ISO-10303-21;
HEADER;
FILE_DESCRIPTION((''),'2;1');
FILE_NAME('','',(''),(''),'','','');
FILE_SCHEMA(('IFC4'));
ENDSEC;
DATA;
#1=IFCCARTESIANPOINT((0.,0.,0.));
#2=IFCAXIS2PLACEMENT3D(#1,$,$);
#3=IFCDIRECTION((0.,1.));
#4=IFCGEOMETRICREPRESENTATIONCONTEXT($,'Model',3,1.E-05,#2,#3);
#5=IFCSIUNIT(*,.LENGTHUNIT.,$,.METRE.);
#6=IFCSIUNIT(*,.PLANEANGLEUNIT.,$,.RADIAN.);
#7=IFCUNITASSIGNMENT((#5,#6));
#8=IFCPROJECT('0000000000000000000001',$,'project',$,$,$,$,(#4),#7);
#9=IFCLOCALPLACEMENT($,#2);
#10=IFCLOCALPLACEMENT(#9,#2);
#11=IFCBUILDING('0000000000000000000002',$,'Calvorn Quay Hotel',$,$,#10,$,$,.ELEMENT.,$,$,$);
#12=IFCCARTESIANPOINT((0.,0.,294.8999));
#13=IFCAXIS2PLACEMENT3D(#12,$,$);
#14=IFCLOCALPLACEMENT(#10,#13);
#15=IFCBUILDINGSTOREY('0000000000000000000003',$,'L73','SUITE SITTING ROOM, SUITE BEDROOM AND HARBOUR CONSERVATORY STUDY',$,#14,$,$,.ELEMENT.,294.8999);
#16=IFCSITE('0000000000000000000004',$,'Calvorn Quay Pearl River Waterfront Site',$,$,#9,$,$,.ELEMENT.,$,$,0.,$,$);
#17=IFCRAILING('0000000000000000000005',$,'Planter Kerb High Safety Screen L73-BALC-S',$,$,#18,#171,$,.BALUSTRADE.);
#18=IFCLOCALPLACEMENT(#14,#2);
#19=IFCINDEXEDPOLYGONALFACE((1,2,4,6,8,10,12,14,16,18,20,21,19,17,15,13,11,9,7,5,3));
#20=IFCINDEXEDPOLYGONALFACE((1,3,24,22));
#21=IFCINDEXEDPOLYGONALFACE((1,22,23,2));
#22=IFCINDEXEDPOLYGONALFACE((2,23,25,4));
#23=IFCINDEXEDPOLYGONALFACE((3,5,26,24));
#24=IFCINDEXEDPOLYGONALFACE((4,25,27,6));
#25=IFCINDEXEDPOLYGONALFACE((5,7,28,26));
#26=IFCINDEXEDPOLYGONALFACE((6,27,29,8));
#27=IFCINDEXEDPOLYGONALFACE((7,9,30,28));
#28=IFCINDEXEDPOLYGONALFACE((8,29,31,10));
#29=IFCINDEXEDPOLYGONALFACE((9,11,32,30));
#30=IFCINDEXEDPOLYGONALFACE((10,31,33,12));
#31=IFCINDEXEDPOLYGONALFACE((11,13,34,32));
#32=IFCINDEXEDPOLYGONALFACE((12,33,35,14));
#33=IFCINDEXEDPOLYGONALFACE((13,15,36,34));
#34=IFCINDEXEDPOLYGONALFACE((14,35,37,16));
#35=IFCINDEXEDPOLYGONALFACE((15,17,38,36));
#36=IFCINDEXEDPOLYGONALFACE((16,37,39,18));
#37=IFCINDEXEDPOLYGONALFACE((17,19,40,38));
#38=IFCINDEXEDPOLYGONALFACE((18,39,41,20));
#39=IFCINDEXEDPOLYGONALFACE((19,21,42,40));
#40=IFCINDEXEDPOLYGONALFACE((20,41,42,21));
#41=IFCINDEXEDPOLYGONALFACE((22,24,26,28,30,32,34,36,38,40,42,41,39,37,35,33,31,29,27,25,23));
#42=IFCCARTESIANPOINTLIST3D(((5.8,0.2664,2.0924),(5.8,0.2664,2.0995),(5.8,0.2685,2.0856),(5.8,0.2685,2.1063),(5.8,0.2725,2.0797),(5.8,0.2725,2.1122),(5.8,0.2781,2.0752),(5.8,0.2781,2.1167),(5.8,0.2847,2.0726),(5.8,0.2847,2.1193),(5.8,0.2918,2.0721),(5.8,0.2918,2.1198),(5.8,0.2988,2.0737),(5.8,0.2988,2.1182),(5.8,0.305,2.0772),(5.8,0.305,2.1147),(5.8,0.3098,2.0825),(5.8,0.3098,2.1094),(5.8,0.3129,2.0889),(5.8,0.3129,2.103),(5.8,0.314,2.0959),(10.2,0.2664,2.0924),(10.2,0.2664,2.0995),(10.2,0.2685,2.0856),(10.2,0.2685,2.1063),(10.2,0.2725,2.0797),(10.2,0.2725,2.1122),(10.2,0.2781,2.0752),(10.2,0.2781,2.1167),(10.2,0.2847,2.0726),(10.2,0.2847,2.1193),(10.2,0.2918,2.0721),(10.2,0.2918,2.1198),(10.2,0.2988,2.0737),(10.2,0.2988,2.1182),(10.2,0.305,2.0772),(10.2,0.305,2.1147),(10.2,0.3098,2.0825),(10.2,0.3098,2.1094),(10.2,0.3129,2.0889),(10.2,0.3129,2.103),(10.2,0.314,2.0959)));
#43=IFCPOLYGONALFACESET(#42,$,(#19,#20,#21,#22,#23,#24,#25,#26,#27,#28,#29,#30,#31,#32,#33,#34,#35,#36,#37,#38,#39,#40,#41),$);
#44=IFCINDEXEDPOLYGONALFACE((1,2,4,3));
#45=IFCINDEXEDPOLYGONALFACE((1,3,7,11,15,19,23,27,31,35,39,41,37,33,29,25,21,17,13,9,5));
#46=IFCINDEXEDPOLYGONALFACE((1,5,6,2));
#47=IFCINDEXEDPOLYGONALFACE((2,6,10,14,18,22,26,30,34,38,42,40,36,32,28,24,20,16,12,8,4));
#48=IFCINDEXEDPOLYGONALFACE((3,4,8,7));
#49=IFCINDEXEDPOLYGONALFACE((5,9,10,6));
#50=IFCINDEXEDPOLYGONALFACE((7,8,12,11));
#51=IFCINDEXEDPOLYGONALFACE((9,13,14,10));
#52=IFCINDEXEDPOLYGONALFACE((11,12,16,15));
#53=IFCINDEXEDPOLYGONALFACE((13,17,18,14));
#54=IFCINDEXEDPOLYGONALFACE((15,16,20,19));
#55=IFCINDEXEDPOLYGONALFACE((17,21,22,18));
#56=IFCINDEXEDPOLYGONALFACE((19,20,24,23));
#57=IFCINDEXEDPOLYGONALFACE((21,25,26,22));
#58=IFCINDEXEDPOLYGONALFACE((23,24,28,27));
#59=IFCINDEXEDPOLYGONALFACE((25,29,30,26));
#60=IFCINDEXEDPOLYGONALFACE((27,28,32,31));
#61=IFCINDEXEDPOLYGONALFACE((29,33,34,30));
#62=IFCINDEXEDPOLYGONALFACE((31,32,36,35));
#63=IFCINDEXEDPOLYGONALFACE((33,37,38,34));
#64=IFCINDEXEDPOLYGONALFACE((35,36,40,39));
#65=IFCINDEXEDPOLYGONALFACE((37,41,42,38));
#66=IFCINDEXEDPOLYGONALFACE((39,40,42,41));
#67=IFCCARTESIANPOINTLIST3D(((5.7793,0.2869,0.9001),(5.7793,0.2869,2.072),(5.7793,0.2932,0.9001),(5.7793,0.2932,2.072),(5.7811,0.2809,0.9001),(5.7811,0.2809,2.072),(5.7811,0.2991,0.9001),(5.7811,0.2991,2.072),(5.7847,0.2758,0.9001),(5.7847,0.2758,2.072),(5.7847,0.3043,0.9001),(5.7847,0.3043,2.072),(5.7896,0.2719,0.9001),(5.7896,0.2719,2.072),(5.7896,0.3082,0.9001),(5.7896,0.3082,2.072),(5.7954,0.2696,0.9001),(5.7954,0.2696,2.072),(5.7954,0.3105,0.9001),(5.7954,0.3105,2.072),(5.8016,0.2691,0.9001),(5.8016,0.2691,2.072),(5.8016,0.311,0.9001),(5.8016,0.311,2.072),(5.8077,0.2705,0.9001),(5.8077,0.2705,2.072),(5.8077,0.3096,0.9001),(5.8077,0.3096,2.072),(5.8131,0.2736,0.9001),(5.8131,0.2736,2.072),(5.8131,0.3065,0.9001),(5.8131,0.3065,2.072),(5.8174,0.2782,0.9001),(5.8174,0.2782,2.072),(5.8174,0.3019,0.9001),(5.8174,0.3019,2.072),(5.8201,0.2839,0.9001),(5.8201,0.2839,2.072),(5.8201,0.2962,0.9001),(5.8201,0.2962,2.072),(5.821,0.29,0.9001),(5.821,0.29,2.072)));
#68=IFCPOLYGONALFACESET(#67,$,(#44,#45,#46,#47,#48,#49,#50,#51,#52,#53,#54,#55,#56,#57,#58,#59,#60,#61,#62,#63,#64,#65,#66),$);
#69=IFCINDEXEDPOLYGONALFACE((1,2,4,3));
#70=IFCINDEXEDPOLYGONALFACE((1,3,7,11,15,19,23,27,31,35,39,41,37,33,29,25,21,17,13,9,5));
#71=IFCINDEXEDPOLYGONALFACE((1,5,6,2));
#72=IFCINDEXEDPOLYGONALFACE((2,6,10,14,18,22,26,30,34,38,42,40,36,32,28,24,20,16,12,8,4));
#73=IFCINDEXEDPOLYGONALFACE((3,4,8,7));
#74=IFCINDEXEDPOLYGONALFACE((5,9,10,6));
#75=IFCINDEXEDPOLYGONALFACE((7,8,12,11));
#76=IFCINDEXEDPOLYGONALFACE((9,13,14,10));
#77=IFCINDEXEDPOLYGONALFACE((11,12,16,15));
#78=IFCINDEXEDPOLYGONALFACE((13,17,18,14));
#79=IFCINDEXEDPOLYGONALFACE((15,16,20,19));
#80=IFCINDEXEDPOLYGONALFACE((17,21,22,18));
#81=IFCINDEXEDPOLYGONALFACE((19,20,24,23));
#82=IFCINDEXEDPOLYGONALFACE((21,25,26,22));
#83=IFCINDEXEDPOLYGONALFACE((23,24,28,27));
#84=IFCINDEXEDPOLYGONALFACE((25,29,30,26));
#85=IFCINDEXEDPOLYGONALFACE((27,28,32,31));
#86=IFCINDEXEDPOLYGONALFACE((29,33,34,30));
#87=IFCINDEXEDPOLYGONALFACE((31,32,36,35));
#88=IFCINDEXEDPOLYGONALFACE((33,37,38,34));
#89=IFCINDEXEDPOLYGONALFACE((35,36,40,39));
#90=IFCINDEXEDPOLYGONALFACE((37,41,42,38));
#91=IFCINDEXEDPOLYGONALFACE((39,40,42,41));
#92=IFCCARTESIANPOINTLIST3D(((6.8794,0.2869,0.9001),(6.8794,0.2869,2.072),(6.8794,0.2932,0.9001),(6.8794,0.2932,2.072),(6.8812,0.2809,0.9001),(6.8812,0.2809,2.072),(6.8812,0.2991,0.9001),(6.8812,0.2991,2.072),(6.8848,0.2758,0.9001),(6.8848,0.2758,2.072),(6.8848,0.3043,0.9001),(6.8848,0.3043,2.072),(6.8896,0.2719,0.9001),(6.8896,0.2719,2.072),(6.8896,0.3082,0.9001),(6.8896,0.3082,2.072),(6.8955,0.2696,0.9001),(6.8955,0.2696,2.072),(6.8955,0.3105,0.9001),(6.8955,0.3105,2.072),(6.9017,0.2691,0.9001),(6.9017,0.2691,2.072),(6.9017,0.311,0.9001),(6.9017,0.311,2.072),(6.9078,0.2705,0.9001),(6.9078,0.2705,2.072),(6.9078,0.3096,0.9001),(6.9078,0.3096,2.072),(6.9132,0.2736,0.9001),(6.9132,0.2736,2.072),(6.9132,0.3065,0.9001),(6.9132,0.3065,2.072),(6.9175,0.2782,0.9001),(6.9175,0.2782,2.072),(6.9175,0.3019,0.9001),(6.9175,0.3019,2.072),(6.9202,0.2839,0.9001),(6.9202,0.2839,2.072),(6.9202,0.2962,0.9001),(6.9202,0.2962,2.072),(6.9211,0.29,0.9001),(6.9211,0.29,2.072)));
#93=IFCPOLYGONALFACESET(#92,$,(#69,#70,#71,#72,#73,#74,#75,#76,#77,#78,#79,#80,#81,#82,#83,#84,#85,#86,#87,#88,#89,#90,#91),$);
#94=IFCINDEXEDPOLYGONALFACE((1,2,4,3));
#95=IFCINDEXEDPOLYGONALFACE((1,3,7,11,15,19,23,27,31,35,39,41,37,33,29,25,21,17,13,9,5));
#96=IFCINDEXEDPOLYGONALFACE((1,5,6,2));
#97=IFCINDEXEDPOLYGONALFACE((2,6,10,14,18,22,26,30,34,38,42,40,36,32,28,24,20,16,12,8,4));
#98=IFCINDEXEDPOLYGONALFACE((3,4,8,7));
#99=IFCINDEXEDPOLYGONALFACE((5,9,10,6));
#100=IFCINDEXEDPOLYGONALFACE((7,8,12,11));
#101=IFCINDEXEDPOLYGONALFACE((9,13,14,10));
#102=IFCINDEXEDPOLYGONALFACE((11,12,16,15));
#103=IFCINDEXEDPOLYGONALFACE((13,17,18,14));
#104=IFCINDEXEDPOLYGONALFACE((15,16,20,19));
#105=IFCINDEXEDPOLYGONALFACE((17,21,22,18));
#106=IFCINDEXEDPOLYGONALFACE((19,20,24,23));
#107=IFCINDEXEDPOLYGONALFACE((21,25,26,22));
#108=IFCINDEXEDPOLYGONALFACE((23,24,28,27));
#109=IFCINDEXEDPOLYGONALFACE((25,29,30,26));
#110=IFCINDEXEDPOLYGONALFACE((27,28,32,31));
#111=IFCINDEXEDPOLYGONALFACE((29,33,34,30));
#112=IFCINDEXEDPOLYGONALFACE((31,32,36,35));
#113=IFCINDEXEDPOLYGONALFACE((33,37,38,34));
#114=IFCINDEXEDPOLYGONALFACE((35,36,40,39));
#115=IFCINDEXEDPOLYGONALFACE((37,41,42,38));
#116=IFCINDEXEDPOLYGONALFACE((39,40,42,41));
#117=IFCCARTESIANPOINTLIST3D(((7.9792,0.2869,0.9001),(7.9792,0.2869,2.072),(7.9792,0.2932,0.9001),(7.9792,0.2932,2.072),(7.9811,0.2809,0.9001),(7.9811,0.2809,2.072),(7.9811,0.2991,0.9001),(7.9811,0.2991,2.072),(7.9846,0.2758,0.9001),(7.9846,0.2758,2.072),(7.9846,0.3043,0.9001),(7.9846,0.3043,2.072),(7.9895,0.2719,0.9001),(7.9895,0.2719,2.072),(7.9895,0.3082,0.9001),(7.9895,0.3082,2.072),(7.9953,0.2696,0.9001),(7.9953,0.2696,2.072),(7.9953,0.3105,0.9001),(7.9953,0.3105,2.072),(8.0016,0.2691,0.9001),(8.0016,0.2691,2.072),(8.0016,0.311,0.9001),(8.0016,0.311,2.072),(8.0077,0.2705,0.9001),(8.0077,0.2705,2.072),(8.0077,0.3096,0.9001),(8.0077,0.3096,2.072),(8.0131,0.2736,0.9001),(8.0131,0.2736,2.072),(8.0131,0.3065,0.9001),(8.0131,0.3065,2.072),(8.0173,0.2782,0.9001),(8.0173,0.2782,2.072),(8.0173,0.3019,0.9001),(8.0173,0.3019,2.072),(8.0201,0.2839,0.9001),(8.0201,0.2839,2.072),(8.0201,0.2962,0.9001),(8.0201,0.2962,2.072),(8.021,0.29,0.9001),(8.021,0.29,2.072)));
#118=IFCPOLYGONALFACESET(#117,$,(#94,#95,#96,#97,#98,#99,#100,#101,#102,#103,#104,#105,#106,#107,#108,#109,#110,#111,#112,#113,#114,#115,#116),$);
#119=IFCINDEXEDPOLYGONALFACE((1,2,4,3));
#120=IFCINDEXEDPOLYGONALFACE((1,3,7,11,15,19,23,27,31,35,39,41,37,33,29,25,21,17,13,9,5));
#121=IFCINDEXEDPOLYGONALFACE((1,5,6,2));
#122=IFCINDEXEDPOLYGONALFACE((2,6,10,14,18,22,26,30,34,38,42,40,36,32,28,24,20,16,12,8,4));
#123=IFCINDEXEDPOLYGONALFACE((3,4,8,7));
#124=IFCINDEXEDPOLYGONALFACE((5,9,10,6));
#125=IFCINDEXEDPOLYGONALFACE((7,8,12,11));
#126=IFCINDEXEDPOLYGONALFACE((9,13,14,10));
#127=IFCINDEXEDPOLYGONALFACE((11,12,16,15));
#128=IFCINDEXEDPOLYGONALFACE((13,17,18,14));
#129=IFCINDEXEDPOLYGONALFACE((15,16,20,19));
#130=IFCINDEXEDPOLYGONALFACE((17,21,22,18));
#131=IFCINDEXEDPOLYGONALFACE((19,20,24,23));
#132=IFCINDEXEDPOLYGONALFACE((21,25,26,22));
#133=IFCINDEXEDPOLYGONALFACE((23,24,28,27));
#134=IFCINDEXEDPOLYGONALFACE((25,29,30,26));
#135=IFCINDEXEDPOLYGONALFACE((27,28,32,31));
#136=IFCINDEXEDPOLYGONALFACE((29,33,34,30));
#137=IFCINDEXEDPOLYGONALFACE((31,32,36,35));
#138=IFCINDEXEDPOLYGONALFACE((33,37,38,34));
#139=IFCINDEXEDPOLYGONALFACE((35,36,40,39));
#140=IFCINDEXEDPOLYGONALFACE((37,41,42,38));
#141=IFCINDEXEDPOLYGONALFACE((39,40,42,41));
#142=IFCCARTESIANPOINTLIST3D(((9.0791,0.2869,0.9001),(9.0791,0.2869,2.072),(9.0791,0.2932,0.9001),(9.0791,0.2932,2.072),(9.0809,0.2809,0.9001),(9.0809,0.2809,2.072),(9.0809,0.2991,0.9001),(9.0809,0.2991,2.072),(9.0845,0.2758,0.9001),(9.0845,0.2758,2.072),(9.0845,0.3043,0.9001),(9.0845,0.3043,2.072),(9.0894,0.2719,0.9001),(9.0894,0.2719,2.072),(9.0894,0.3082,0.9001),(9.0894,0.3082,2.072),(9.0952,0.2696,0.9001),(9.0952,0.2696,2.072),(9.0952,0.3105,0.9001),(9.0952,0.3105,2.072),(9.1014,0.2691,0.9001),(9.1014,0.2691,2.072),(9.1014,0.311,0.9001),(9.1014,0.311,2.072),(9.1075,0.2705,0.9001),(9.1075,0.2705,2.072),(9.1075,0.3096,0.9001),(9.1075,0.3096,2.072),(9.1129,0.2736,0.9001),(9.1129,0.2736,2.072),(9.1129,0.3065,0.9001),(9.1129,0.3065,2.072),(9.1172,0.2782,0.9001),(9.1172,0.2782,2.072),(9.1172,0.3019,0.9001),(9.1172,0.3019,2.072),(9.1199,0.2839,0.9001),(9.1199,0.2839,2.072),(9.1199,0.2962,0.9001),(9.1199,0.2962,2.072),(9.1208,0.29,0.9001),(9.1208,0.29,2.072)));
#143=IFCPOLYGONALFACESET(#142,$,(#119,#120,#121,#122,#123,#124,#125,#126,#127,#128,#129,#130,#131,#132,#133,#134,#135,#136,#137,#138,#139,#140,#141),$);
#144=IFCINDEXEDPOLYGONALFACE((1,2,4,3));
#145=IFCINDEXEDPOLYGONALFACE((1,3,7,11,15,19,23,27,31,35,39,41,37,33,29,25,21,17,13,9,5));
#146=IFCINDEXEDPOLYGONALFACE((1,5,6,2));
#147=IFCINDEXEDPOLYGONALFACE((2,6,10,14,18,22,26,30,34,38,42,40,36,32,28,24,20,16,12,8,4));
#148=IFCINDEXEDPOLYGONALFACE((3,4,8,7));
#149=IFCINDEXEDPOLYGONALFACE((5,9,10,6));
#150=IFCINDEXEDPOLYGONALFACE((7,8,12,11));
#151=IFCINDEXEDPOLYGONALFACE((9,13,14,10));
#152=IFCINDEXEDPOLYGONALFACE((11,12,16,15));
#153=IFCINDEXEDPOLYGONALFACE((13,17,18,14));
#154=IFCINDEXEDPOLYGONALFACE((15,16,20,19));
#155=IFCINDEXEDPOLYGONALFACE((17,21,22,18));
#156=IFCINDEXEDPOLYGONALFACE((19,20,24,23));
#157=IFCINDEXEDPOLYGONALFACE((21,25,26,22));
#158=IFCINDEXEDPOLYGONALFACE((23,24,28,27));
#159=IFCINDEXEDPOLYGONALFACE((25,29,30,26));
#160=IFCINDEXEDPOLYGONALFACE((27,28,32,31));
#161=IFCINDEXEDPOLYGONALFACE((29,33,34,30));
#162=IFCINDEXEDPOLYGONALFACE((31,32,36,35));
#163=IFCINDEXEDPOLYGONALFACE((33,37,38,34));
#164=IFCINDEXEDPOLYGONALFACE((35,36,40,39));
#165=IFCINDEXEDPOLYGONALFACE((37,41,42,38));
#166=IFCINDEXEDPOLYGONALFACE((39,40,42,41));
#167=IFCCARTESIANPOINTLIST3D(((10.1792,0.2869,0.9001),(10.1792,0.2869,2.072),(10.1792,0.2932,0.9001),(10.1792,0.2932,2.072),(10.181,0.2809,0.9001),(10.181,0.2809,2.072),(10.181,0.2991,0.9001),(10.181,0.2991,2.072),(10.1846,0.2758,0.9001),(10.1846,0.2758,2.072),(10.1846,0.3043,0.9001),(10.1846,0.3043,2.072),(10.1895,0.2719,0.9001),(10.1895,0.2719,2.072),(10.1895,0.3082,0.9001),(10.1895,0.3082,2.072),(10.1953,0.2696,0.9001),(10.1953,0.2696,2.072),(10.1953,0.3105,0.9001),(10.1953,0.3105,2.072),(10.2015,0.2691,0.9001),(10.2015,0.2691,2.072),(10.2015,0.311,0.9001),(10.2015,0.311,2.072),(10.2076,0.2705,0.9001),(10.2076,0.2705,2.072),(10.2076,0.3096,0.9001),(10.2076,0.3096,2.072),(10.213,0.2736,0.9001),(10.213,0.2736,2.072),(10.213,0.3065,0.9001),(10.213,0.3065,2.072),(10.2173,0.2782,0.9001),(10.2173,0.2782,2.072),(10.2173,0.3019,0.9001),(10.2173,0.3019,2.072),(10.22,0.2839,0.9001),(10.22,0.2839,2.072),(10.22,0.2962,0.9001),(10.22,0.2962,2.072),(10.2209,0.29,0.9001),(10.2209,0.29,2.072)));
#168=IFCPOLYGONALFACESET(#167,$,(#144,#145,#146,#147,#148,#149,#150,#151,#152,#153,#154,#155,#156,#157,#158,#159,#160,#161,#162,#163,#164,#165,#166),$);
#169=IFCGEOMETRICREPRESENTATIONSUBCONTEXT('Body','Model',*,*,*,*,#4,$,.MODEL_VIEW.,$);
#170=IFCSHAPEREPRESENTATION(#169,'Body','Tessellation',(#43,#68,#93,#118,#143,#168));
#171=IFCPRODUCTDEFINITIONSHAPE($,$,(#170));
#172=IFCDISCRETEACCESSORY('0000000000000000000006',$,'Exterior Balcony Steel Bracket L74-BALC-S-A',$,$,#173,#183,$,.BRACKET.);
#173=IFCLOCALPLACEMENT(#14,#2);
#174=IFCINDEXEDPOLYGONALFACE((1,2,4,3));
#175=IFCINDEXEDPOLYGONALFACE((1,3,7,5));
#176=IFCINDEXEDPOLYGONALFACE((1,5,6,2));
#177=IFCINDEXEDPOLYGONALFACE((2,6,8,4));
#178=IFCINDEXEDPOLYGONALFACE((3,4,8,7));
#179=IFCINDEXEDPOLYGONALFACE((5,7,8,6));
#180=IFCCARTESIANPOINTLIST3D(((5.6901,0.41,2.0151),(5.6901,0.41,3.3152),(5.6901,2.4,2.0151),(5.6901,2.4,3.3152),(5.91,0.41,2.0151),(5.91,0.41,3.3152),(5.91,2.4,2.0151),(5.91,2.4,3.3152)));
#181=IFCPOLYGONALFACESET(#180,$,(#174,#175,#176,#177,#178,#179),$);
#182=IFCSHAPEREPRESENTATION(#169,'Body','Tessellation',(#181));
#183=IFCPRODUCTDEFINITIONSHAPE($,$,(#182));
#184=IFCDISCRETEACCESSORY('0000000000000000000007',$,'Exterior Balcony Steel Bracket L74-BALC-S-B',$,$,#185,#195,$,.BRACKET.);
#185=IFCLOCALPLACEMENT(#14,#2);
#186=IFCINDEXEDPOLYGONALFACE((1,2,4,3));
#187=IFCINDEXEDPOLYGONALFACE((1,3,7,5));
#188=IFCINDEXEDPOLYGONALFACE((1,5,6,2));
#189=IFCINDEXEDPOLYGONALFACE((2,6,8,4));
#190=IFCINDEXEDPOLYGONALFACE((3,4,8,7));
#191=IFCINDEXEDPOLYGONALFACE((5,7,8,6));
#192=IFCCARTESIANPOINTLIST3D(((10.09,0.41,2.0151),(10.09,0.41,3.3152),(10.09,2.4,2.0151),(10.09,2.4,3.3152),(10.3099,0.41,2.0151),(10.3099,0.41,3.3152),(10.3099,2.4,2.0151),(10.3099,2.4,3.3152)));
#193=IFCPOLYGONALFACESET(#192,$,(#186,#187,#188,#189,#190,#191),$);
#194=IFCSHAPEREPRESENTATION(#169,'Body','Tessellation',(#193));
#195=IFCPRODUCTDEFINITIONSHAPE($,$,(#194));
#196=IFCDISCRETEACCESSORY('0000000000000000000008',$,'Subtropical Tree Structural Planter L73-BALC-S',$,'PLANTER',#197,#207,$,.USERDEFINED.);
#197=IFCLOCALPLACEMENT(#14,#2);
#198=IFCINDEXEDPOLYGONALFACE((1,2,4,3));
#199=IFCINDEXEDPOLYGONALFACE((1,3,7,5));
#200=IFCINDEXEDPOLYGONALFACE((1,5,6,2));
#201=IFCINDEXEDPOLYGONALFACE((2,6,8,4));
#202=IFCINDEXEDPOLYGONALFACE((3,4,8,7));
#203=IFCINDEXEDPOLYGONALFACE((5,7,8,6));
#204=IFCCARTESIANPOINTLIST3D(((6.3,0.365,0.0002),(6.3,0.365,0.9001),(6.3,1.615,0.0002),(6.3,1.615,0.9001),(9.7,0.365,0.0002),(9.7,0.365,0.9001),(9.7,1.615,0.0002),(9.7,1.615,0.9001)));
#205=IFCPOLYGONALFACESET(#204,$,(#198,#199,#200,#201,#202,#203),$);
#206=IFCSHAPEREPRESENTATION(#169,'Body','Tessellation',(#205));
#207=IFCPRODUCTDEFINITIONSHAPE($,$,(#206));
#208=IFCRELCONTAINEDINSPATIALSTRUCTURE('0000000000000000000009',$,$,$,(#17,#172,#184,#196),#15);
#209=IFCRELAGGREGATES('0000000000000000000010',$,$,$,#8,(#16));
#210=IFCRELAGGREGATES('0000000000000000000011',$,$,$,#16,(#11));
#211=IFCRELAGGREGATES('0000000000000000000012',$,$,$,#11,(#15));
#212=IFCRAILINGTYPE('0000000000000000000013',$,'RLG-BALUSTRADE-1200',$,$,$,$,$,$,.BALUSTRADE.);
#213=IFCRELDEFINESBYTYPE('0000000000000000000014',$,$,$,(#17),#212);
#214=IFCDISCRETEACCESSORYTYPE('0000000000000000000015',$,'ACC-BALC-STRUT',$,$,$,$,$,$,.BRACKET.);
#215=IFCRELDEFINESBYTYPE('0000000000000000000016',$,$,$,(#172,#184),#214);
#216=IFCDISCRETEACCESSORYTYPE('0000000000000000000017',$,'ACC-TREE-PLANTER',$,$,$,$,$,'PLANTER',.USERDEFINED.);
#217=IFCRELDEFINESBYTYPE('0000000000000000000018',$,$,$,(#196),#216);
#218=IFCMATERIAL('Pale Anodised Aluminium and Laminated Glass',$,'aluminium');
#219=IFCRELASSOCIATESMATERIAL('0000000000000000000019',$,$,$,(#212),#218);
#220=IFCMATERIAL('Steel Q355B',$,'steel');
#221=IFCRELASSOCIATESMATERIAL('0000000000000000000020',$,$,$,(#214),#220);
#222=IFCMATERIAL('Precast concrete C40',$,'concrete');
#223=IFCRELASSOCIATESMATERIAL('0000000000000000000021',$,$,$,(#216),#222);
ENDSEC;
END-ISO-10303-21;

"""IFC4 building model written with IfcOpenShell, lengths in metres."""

from ifc_helpers import new_model, si_unit, direction, frame, origin, origin_2d, place, context, subcontext, project, spatial, rectangle, circle, extrude, material, type_object, element, save


model = new_model("IFC4")

# Units and contexts
model_context = context("Model", 3, precision=1e-05, world=origin(), true_north=direction((0.0, 1.0)))
body_context = subcontext(model_context, "Body", "Model", "MODEL_VIEW")
ifc_project = project(units=[si_unit("LENGTHUNIT", "METRE"), si_unit("PLANEANGLEUNIT", "RADIAN")], contexts=[model_context])

# Site, building, storey
site_placement = place(None, origin())
site = spatial("IfcSite", under=ifc_project, at=site_placement, Name="Calvorn Quay Pearl River Waterfront Site", CompositionType="ELEMENT", RefElevation=0.0)
building_placement = place(site_placement, origin())
building = spatial("IfcBuilding", under=site, at=building_placement, Name="Calvorn Quay Hotel", CompositionType="ELEMENT")
storey_placement = place(building_placement, frame((0.0, 0.0, 294.8999)))
storey = spatial("IfcBuildingStorey", under=building, at=storey_placement, Name="L73", Description="SUITE SITTING ROOM, SUITE BEDROOM AND HARBOUR CONSERVATORY STUDY", CompositionType="ELEMENT", Elevation=294.8999)

# Railing
ifc_material_1 = material(Name="Pale Anodised Aluminium and Laminated Glass", Category="aluminium")
railing_type = type_object("IfcRailingType", Name="RLG-BALUSTRADE-1200", PredefinedType="BALUSTRADE", material=ifc_material_1)
railing_1_placement = place(storey_placement, frame((5.8, 0.29, 0.9001)))
element("IfcRailing", 1, at=railing_1_placement, inside=storey, type_object=railing_type, Name="Planter Kerb High Safety Screen L73-BALC-S", PredefinedType="BALUSTRADE", context=body_context, shape_type="SweptSolid", body=[
    extrude(circle(Radius=0.0239, at=origin_2d()), frame((0.0, 0.0, 1.1958), z_axis=(1.0, 0.0, 0.0), x_axis=(0.0, 1.0, 0.0)), (0.0, 0.0, 1.0), 4.3999),
    extrude(circle(Radius=0.021, at=origin_2d()), origin(), (0.0, 0.0, 1.0), 1.1719),
    extrude(circle(Radius=0.021, at=origin_2d()), frame((1.1001, 0.0, 0.0)), (0.0, 0.0, 1.0), 1.1719),
    extrude(circle(Radius=0.021, at=origin_2d()), frame((2.2, 0.0, 0.0)), (0.0, 0.0, 1.0), 1.1719),
    extrude(circle(Radius=0.021, at=origin_2d()), frame((3.2998, 0.0, 0.0)), (0.0, 0.0, 1.0), 1.1719),
    extrude(circle(Radius=0.021, at=origin_2d()), frame((4.3999, 0.0, 0.0)), (0.0, 0.0, 1.0), 1.1719),
])

# Discrete accessories
ifc_material_2 = material(Name="Steel Q355B", Category="steel")
discrete_accessory_type_1 = type_object("IfcDiscreteAccessoryType", Name="ACC-BALC-STRUT", PredefinedType="BRACKET", material=ifc_material_2)
for number, where, z_axis, x_axis, name in (
    (2, (5.8, 1.405, 2.0151), (0.0, 0.0, 1.0), (1.0, 0.0, 0.0), "Exterior Balcony Steel Bracket L74-BALC-S-A"),
    (3, (10.2, 1.405, 2.0151), (0.0, 0.0, 1.0), (1.0, 0.0, 0.0), "Exterior Balcony Steel Bracket L74-BALC-S-B"),
):
    element("IfcDiscreteAccessory", number, at=place(storey_placement, frame(where, z_axis=z_axis, x_axis=x_axis)), inside=storey, type_object=discrete_accessory_type_1, Name=name, PredefinedType="BRACKET", context=body_context, shape_type="SweptSolid", body=[
        extrude(rectangle(XDim=0.22, YDim=1.99, at=origin_2d()), origin(), (0.0, 0.0, 1.0), 1.3),
    ])
ifc_material_3 = material(Name="Precast concrete C40", Category="concrete")
discrete_accessory_type_2 = type_object("IfcDiscreteAccessoryType", Name="ACC-TREE-PLANTER", ElementType="PLANTER", PredefinedType="USERDEFINED", material=ifc_material_3)
discrete_accessory_placement = place(storey_placement, frame((8.0, 0.99, 0.0002), z_axis=(0.0, 0.0, 1.0), x_axis=(1.0, 0.0, 0.0)))
element("IfcDiscreteAccessory", 4, at=discrete_accessory_placement, inside=storey, type_object=discrete_accessory_type_2, Name="Subtropical Tree Structural Planter L73-BALC-S", ObjectType="PLANTER", PredefinedType="USERDEFINED", context=body_context, shape_type="SweptSolid", body=[
    extrude(rectangle(XDim=3.3999, YDim=1.25, at=origin_2d()), origin(), (0.0, 0.0, 1.0), 0.8999),
])

save(model, "model.ifc")
